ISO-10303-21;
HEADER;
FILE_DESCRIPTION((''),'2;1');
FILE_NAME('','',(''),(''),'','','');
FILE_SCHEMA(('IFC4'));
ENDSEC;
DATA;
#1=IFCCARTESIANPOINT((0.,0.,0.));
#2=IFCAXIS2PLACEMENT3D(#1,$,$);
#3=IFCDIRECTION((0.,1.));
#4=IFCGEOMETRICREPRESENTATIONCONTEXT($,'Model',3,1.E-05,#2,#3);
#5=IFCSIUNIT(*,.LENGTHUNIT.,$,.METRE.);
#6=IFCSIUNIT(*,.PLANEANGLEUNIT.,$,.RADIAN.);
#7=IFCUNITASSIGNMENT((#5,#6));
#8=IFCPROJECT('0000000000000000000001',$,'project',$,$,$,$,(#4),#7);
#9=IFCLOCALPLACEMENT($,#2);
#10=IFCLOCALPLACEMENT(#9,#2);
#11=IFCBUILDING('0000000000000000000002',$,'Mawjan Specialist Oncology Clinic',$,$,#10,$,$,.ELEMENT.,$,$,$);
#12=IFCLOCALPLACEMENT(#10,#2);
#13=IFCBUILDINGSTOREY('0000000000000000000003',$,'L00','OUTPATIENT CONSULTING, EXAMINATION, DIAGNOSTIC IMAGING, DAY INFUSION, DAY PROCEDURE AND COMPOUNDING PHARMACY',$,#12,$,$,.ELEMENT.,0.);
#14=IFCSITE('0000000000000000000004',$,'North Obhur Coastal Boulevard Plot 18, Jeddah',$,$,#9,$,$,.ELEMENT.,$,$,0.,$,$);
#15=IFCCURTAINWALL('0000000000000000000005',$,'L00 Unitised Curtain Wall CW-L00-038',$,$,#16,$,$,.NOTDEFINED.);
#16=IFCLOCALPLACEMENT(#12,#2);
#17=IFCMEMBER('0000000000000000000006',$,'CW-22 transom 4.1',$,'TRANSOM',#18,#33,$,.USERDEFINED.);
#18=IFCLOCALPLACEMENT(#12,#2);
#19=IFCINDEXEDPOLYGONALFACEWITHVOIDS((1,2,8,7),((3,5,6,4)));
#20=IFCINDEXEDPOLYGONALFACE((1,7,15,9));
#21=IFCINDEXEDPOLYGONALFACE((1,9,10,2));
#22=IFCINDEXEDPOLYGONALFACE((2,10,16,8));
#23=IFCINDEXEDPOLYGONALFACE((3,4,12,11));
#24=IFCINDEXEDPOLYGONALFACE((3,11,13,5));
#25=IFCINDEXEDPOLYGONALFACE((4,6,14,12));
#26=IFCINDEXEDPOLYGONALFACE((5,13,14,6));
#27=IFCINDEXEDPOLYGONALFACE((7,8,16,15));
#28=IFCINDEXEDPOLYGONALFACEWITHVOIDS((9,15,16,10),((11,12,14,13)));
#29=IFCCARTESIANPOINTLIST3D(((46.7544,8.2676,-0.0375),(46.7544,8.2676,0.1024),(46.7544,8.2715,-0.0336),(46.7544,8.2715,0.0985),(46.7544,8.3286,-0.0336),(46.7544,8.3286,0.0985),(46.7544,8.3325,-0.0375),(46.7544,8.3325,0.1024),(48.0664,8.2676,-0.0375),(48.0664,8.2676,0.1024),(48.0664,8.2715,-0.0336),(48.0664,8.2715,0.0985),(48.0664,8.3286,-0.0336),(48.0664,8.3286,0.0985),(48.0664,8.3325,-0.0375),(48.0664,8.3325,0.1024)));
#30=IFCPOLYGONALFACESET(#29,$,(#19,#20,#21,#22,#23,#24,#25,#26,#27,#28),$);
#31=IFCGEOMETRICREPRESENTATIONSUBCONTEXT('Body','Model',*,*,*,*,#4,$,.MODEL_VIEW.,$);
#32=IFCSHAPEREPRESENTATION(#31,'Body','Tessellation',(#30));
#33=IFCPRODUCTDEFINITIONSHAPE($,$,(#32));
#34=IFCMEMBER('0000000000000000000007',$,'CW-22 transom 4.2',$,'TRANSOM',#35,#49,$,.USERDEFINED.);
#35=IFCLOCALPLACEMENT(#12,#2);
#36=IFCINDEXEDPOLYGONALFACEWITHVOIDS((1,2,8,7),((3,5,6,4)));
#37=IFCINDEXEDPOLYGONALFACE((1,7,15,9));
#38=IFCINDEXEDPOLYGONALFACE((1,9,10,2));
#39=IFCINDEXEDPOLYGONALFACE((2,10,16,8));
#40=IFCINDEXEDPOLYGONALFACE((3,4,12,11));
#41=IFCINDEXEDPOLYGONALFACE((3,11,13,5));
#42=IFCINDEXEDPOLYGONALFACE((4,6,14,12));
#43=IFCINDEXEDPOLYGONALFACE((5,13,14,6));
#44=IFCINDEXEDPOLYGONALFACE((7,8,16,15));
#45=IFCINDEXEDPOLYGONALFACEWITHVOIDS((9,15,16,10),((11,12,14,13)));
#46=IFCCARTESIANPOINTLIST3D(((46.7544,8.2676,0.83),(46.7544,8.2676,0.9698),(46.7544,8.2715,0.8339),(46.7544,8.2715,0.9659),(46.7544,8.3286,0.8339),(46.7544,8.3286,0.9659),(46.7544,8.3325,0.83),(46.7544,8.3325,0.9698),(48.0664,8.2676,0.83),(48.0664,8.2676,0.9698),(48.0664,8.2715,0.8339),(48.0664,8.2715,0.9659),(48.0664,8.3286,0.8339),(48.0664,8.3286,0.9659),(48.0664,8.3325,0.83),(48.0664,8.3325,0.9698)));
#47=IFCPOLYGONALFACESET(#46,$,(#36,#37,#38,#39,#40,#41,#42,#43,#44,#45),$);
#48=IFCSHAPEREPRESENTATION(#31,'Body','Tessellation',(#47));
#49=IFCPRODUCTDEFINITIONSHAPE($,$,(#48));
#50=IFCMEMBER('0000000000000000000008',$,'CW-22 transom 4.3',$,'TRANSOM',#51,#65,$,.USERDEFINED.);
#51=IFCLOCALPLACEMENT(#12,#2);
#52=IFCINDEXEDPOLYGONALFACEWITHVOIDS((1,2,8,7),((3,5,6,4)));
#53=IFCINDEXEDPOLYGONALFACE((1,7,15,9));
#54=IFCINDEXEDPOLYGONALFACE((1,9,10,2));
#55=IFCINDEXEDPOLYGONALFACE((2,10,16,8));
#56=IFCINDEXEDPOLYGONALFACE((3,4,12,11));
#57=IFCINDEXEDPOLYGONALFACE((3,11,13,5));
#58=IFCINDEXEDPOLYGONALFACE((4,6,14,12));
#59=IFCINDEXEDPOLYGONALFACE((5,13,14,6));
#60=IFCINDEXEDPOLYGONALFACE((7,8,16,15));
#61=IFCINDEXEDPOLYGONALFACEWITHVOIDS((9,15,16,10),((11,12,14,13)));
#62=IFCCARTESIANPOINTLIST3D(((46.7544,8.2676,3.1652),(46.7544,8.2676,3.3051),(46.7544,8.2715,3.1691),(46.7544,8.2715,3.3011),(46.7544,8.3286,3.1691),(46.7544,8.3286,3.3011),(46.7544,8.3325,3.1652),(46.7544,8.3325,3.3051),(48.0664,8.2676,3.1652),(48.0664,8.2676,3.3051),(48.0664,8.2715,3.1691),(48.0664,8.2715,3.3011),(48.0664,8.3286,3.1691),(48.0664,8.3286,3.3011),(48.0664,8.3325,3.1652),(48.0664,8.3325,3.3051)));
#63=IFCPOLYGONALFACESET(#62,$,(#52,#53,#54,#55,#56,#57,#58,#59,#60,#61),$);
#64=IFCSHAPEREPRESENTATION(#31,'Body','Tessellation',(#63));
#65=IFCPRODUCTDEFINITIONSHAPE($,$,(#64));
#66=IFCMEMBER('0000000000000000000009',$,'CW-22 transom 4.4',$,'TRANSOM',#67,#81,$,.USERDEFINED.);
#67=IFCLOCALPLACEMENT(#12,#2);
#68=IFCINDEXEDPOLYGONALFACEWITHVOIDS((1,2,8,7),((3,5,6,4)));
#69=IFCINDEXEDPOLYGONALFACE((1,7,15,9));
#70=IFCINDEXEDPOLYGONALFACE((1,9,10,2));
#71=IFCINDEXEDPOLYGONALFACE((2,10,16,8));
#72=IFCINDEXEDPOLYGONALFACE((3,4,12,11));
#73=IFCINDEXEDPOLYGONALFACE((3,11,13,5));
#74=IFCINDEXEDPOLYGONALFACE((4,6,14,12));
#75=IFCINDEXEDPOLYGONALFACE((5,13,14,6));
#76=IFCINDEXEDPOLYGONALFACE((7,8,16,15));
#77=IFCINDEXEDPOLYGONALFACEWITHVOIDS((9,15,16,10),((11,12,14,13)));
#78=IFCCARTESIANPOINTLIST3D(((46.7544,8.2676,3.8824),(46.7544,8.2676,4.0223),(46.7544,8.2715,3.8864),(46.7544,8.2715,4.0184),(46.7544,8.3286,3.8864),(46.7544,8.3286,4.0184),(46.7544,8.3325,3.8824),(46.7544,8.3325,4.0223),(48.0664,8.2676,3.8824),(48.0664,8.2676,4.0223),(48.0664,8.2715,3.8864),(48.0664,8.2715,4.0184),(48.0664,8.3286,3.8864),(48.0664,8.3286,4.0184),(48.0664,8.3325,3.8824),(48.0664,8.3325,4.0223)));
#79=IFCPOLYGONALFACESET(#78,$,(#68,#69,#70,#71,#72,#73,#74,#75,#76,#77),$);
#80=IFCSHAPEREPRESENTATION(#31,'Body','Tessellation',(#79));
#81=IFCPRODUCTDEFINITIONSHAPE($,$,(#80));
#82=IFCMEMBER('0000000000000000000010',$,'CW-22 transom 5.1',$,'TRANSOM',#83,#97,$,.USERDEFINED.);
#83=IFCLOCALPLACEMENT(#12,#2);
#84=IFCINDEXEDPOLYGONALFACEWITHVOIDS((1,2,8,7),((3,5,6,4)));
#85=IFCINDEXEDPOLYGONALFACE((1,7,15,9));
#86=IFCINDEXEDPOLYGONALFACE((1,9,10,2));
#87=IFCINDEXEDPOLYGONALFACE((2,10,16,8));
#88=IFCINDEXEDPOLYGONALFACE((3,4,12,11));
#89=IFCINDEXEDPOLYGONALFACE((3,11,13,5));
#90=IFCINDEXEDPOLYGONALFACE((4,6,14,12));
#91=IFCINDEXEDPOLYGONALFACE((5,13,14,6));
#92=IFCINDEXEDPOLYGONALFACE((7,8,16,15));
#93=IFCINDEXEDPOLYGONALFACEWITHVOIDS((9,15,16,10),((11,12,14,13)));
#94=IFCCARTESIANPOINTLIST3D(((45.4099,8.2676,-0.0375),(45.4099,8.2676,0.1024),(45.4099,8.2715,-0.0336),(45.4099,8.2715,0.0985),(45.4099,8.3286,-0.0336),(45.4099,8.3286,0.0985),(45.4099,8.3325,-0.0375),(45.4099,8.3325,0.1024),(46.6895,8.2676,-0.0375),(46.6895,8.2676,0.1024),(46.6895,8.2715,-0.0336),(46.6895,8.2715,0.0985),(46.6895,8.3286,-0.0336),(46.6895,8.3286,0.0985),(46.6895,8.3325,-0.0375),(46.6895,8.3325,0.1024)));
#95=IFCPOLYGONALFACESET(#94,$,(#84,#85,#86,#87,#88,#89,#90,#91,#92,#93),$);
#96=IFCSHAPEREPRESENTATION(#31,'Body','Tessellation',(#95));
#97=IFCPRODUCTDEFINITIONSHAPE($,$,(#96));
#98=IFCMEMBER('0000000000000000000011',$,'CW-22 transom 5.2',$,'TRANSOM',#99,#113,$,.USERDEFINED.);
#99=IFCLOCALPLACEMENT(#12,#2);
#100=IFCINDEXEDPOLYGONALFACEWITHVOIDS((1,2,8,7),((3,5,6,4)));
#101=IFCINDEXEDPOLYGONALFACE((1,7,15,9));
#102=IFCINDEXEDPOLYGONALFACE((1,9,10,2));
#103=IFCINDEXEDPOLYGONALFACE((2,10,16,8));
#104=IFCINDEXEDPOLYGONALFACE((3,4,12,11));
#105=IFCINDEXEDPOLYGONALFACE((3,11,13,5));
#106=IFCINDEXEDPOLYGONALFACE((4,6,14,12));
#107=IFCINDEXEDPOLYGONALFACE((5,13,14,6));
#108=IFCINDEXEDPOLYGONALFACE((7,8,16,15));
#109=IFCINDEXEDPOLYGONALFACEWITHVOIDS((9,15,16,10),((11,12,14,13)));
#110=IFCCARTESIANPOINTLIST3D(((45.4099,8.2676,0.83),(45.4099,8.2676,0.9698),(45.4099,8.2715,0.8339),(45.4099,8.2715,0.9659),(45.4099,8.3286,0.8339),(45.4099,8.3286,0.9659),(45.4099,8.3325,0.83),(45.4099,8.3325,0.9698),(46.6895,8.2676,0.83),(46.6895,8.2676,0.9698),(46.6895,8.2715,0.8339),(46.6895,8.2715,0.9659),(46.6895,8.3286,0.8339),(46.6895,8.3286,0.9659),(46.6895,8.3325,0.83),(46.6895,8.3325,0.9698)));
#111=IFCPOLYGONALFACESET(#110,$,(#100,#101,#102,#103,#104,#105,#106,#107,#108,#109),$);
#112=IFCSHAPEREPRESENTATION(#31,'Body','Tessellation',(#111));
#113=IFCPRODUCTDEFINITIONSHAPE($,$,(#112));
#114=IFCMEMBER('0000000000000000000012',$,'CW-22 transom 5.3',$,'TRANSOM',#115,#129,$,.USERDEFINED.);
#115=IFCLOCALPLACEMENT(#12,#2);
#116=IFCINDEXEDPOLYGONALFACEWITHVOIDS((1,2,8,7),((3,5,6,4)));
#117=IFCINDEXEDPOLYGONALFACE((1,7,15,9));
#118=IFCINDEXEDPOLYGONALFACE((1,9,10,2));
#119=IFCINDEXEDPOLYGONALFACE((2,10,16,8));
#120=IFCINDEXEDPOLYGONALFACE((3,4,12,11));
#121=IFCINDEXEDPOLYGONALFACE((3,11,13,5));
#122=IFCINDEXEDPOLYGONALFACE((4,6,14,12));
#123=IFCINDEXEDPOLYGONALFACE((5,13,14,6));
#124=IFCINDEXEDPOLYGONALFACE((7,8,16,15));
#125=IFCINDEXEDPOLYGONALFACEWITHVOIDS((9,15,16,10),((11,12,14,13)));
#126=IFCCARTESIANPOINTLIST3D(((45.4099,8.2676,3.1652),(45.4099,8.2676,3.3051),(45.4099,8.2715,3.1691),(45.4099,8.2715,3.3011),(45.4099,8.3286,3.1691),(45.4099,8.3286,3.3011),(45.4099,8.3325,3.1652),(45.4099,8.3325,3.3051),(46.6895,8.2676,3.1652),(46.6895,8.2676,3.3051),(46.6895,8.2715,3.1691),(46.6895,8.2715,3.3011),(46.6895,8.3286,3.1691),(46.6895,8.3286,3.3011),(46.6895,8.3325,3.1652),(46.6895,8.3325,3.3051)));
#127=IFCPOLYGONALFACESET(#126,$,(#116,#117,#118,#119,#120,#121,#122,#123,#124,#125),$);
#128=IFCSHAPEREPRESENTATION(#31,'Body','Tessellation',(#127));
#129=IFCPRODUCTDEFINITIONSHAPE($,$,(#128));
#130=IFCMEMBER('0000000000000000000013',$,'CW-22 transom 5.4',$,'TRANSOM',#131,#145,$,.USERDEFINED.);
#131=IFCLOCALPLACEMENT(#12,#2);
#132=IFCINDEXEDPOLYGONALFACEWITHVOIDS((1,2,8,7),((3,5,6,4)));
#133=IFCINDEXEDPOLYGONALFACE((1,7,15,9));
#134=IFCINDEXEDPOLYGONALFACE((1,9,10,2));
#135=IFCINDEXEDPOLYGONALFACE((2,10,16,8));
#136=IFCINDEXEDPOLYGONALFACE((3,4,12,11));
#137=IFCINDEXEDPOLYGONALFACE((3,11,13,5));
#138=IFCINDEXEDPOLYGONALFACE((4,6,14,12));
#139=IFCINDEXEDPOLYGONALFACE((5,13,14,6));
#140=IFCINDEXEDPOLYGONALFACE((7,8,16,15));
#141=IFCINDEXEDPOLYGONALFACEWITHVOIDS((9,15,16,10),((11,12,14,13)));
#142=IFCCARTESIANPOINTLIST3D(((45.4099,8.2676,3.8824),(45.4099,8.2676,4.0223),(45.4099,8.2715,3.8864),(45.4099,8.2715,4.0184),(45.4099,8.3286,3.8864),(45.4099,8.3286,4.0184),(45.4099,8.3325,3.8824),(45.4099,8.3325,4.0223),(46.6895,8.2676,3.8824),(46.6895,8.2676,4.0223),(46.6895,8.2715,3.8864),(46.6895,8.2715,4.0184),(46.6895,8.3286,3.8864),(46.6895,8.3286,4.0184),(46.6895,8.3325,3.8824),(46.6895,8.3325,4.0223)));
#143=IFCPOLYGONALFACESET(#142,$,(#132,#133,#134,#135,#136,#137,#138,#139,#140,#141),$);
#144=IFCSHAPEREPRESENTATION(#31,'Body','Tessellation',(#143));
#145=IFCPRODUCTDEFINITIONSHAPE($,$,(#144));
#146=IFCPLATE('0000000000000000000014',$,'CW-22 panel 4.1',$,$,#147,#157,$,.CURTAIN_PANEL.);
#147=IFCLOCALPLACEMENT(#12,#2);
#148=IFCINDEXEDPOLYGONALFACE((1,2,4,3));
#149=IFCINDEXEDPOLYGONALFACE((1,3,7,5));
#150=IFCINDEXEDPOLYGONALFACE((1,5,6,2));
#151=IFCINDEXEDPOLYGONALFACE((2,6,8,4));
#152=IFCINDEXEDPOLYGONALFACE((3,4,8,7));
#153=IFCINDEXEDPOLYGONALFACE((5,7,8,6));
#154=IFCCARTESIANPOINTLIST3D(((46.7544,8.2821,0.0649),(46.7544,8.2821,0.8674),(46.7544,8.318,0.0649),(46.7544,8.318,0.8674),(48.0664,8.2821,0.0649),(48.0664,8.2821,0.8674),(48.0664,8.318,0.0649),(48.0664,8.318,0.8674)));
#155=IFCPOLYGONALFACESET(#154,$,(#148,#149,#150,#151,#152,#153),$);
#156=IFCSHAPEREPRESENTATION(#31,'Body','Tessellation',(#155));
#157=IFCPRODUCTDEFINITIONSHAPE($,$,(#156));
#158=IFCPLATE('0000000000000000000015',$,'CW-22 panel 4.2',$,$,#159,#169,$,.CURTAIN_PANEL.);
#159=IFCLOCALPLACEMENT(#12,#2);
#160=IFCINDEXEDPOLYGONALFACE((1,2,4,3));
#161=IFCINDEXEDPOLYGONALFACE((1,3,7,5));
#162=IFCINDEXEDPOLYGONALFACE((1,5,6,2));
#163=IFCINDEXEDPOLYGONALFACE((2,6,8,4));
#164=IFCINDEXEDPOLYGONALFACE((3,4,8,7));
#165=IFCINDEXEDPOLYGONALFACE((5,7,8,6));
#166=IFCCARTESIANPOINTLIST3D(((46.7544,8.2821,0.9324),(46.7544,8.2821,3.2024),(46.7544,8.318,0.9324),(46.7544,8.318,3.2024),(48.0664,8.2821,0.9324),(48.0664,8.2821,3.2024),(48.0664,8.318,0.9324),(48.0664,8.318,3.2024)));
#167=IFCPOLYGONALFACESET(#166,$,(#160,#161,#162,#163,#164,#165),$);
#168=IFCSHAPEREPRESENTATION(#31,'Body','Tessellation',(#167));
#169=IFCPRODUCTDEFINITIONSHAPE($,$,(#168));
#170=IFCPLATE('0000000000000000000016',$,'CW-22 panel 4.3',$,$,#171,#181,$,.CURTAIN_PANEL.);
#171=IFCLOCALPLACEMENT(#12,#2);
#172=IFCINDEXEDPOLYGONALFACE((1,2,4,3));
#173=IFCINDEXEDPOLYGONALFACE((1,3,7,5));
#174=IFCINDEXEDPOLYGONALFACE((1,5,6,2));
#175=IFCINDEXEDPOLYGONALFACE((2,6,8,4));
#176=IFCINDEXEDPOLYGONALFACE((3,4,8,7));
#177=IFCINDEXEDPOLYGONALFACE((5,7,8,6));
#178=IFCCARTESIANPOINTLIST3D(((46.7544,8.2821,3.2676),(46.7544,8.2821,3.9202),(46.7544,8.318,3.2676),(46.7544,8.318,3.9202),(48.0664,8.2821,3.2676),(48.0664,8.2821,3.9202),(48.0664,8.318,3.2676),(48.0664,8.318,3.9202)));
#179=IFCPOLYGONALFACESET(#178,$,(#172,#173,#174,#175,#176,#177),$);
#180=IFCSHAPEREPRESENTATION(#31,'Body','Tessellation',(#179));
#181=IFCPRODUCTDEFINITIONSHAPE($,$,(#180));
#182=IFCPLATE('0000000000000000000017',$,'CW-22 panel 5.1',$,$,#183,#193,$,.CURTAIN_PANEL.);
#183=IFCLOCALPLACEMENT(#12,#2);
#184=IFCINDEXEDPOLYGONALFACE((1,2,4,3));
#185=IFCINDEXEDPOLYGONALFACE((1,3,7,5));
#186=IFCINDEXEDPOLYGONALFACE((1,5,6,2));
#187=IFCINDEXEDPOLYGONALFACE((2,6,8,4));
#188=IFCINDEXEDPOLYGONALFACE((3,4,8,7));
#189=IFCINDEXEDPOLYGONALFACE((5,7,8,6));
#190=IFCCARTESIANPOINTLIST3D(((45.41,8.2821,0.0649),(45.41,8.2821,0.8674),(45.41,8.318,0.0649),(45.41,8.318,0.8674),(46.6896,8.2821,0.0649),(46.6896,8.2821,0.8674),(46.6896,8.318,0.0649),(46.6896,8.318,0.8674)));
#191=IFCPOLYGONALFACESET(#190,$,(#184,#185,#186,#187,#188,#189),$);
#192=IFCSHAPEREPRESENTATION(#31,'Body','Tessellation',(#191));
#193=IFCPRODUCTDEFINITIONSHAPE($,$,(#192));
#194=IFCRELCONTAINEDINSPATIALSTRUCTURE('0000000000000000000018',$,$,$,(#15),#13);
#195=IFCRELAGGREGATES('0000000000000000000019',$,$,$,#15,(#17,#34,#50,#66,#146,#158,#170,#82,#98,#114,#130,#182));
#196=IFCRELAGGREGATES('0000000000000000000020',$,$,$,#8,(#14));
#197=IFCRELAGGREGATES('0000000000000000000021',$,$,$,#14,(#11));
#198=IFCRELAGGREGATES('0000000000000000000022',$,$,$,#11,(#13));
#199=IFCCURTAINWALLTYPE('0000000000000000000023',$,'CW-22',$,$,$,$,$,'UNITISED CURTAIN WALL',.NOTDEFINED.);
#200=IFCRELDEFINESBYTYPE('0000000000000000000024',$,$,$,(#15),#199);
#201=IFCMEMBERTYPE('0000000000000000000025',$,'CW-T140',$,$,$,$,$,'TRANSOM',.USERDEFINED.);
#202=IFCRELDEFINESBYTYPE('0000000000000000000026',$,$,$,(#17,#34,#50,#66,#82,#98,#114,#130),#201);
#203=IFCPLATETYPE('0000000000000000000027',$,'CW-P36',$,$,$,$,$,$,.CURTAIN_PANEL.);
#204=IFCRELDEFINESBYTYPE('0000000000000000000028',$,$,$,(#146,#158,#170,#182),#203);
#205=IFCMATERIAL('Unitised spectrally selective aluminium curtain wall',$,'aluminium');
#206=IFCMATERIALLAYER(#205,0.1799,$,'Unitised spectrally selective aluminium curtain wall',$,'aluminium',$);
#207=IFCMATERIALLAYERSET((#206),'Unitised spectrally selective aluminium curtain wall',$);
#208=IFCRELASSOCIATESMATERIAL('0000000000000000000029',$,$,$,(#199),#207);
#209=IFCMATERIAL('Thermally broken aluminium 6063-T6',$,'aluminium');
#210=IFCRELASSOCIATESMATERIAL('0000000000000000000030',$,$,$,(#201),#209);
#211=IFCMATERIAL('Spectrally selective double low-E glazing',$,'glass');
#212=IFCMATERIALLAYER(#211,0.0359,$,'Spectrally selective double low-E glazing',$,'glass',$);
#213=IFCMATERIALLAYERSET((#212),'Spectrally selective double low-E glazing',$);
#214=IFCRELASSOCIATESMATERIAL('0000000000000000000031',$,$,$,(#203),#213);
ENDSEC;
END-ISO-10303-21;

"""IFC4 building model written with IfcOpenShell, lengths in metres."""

from ifc_helpers import new_model, si_unit, direction, frame, origin, origin_2d, place, context, subcontext, project, spatial, rectangle, hollow_rectangle, extrude, material, layer, layer_set, material_profile, profile_set, type_object, element, aggregate, save


model = new_model("IFC4")

# Units and contexts
model_context = context("Model", 3, precision=1e-05, world=origin(), true_north=direction((0.0, 1.0)))
body_context = subcontext(model_context, "Body", "Model", "MODEL_VIEW")
ifc_project = project(units=[si_unit("LENGTHUNIT", "METRE"), si_unit("PLANEANGLEUNIT", "RADIAN")], contexts=[model_context])

# Site, building, storey
site_placement = place(None, origin())
site = spatial("IfcSite", under=ifc_project, at=site_placement, Name="North Obhur Coastal Boulevard Plot 18, Jeddah", CompositionType="ELEMENT", RefElevation=0.0)
building_placement = place(site_placement, origin())
building = spatial("IfcBuilding", under=site, at=building_placement, Name="Mawjan Specialist Oncology Clinic", CompositionType="ELEMENT")
storey_placement = place(building_placement, origin())
storey = spatial("IfcBuildingStorey", under=building, at=storey_placement, Name="L00", Description="OUTPATIENT CONSULTING, EXAMINATION, DIAGNOSTIC IMAGING, DAY INFUSION, DAY PROCEDURE AND COMPOUNDING PHARMACY", CompositionType="ELEMENT", Elevation=0.0)

# Curtain wall, members, plates
ifc_material_1 = material(Name="Unitised spectrally selective aluminium curtain wall", Category="aluminium")
ifc_layer_1 = layer(ifc_material_1, 0.1799, Name="Unitised spectrally selective aluminium curtain wall", Category="aluminium")
ifc_layer_set_1 = layer_set([ifc_layer_1], Name="Unitised spectrally selective aluminium curtain wall")
curtain_wall_type = type_object("IfcCurtainWallType", Name="CW-22", ElementType="UNITISED CURTAIN WALL", PredefinedType="NOTDEFINED", material=ifc_layer_set_1)
curtain_wall_placement = place(storey_placement, origin())
curtain_wall = element("IfcCurtainWall", 1, at=curtain_wall_placement, inside=storey, type_object=curtain_wall_type, Name="L00 Unitised Curtain Wall CW-L00-038", PredefinedType="NOTDEFINED")
ifc_material_2 = material(Name="Thermally broken aluminium 6063-T6", Category="aluminium")
ifc_material_profile_1 = material_profile(ifc_material_2, hollow_rectangle(XDim=0.0649, YDim=0.1399, WallThickness=0.0039, at=origin_2d()), Name="ALU TRANSOM 140x65x4", Category="aluminium")
ifc_profile_set_1 = profile_set([ifc_material_profile_1], Name="Thermally broken aluminium 6063-T6")
member_type_1 = type_object("IfcMemberType", Name="CW-T140", ElementType="TRANSOM", PredefinedType="USERDEFINED", material=ifc_profile_set_1)
member_1_placement = place(storey_placement, frame((48.0664, 8.3, 0.0325), z_axis=(-1.0, 0.0, 0.0), x_axis=(0.0, -1.0, 0.0)))
member_1 = element("IfcMember", 2, at=member_1_placement, type_object=member_type_1, Name="CW-22 transom 4.1", ObjectType="TRANSOM", PredefinedType="USERDEFINED", context=body_context, shape_type="SweptSolid", body=[
    extrude(hollow_rectangle(XDim=0.0649, YDim=0.1399, WallThickness=0.0039, at=origin_2d()), origin(), (0.0, 0.0, 1.0), 1.312),
])
member_2_placement = place(storey_placement, frame((48.0664, 8.3, 0.8999), z_axis=(-1.0, 0.0, 0.0), x_axis=(0.0, -1.0, 0.0)))
member_2 = element("IfcMember", 3, at=member_2_placement, type_object=member_type_1, Name="CW-22 transom 4.2", ObjectType="TRANSOM", PredefinedType="USERDEFINED", context=body_context, shape_type="SweptSolid", body=[
    extrude(hollow_rectangle(XDim=0.0649, YDim=0.1399, WallThickness=0.0039, at=origin_2d()), origin(), (0.0, 0.0, 1.0), 1.312),
])
member_3_placement = place(storey_placement, frame((48.0664, 8.3, 3.2351), z_axis=(-1.0, 0.0, 0.0), x_axis=(0.0, -1.0, 0.0)))
member_3 = element("IfcMember", 4, at=member_3_placement, type_object=member_type_1, Name="CW-22 transom 4.3", ObjectType="TRANSOM", PredefinedType="USERDEFINED", context=body_context, shape_type="SweptSolid", body=[
    extrude(hollow_rectangle(XDim=0.0649, YDim=0.1399, WallThickness=0.0039, at=origin_2d()), origin(), (0.0, 0.0, 1.0), 1.312),
])
member_4_placement = place(storey_placement, frame((48.0664, 8.3, 3.9524), z_axis=(-1.0, 0.0, 0.0), x_axis=(0.0, -1.0, 0.0)))
member_4 = element("IfcMember", 5, at=member_4_placement, type_object=member_type_1, Name="CW-22 transom 4.4", ObjectType="TRANSOM", PredefinedType="USERDEFINED", context=body_context, shape_type="SweptSolid", body=[
    extrude(hollow_rectangle(XDim=0.0649, YDim=0.1399, WallThickness=0.0039, at=origin_2d()), origin(), (0.0, 0.0, 1.0), 1.312),
])
member_5_placement = place(storey_placement, frame((46.6895, 8.3, 0.0325), z_axis=(-1.0, 0.0, 0.0), x_axis=(0.0, -1.0, 0.0)))
member_5 = element("IfcMember", 6, at=member_5_placement, type_object=member_type_1, Name="CW-22 transom 5.1", ObjectType="TRANSOM", PredefinedType="USERDEFINED", context=body_context, shape_type="SweptSolid", body=[
    extrude(hollow_rectangle(XDim=0.0649, YDim=0.1399, WallThickness=0.0039, at=origin_2d()), origin(), (0.0, 0.0, 1.0), 1.2795),
])
member_6_placement = place(storey_placement, frame((46.6895, 8.3, 0.8999), z_axis=(-1.0, 0.0, 0.0), x_axis=(0.0, -1.0, 0.0)))
member_6 = element("IfcMember", 7, at=member_6_placement, type_object=member_type_1, Name="CW-22 transom 5.2", ObjectType="TRANSOM", PredefinedType="USERDEFINED", context=body_context, shape_type="SweptSolid", body=[
    extrude(hollow_rectangle(XDim=0.0649, YDim=0.1399, WallThickness=0.0039, at=origin_2d()), origin(), (0.0, 0.0, 1.0), 1.2795),
])
member_7_placement = place(storey_placement, frame((46.6895, 8.3, 3.2351), z_axis=(-1.0, 0.0, 0.0), x_axis=(0.0, -1.0, 0.0)))
member_7 = element("IfcMember", 8, at=member_7_placement, type_object=member_type_1, Name="CW-22 transom 5.3", ObjectType="TRANSOM", PredefinedType="USERDEFINED", context=body_context, shape_type="SweptSolid", body=[
    extrude(hollow_rectangle(XDim=0.0649, YDim=0.1399, WallThickness=0.0039, at=origin_2d()), origin(), (0.0, 0.0, 1.0), 1.2795),
])
member_8_placement = place(storey_placement, frame((46.6895, 8.3, 3.9524), z_axis=(-1.0, 0.0, 0.0), x_axis=(0.0, -1.0, 0.0)))
member_8 = element("IfcMember", 9, at=member_8_placement, type_object=member_type_1, Name="CW-22 transom 5.4", ObjectType="TRANSOM", PredefinedType="USERDEFINED", context=body_context, shape_type="SweptSolid", body=[
    extrude(hollow_rectangle(XDim=0.0649, YDim=0.1399, WallThickness=0.0039, at=origin_2d()), origin(), (0.0, 0.0, 1.0), 1.2795),
])
ifc_material_3 = material(Name="Spectrally selective double low-E glazing", Category="glass")
ifc_layer_2 = layer(ifc_material_3, 0.0359, Name="Spectrally selective double low-E glazing", Category="glass")
ifc_layer_set_2 = layer_set([ifc_layer_2], Name="Spectrally selective double low-E glazing")
plate_type = type_object("IfcPlateType", Name="CW-P36", PredefinedType="CURTAIN_PANEL", material=ifc_layer_set_2)
plate_1_placement = place(storey_placement, frame((47.4104, 8.3, 0.0649), z_axis=(0.0, 0.0, 1.0), x_axis=(-1.0, 0.0, 0.0)))
plate_1 = element("IfcPlate", 10, at=plate_1_placement, type_object=plate_type, Name="CW-22 panel 4.1", PredefinedType="CURTAIN_PANEL", context=body_context, shape_type="SweptSolid", body=[
    extrude(rectangle(XDim=1.312, YDim=0.0359, at=origin_2d()), origin(), (0.0, 0.0, 1.0), 0.8025),
])
plate_2_placement = place(storey_placement, frame((47.4104, 8.3, 0.9324), z_axis=(0.0, 0.0, 1.0), x_axis=(-1.0, 0.0, 0.0)))
plate_2 = element("IfcPlate", 11, at=plate_2_placement, type_object=plate_type, Name="CW-22 panel 4.2", PredefinedType="CURTAIN_PANEL", context=body_context, shape_type="SweptSolid", body=[
    extrude(rectangle(XDim=1.312, YDim=0.0359, at=origin_2d()), origin(), (0.0, 0.0, 1.0), 2.27),
])
plate_3_placement = place(storey_placement, frame((47.4104, 8.3, 3.2676), z_axis=(0.0, 0.0, 1.0), x_axis=(-1.0, 0.0, 0.0)))
plate_3 = element("IfcPlate", 12, at=plate_3_placement, type_object=plate_type, Name="CW-22 panel 4.3", PredefinedType="CURTAIN_PANEL", context=body_context, shape_type="SweptSolid", body=[
    extrude(rectangle(XDim=1.312, YDim=0.0359, at=origin_2d()), origin(), (0.0, 0.0, 1.0), 0.6526),
])
plate_4_placement = place(storey_placement, frame((46.0498, 8.3, 0.0649), z_axis=(0.0, 0.0, 1.0), x_axis=(-1.0, 0.0, 0.0)))
plate_4 = element("IfcPlate", 13, at=plate_4_placement, type_object=plate_type, Name="CW-22 panel 5.1", PredefinedType="CURTAIN_PANEL", context=body_context, shape_type="SweptSolid", body=[
    extrude(rectangle(XDim=1.2795, YDim=0.0359, at=origin_2d()), origin(), (0.0, 0.0, 1.0), 0.8025),
])
aggregate(curtain_wall, [member_1, member_2, member_3, member_4, plate_1, plate_2, plate_3, member_5, member_6, member_7, member_8, plate_4])

save(model, "model.ifc")
